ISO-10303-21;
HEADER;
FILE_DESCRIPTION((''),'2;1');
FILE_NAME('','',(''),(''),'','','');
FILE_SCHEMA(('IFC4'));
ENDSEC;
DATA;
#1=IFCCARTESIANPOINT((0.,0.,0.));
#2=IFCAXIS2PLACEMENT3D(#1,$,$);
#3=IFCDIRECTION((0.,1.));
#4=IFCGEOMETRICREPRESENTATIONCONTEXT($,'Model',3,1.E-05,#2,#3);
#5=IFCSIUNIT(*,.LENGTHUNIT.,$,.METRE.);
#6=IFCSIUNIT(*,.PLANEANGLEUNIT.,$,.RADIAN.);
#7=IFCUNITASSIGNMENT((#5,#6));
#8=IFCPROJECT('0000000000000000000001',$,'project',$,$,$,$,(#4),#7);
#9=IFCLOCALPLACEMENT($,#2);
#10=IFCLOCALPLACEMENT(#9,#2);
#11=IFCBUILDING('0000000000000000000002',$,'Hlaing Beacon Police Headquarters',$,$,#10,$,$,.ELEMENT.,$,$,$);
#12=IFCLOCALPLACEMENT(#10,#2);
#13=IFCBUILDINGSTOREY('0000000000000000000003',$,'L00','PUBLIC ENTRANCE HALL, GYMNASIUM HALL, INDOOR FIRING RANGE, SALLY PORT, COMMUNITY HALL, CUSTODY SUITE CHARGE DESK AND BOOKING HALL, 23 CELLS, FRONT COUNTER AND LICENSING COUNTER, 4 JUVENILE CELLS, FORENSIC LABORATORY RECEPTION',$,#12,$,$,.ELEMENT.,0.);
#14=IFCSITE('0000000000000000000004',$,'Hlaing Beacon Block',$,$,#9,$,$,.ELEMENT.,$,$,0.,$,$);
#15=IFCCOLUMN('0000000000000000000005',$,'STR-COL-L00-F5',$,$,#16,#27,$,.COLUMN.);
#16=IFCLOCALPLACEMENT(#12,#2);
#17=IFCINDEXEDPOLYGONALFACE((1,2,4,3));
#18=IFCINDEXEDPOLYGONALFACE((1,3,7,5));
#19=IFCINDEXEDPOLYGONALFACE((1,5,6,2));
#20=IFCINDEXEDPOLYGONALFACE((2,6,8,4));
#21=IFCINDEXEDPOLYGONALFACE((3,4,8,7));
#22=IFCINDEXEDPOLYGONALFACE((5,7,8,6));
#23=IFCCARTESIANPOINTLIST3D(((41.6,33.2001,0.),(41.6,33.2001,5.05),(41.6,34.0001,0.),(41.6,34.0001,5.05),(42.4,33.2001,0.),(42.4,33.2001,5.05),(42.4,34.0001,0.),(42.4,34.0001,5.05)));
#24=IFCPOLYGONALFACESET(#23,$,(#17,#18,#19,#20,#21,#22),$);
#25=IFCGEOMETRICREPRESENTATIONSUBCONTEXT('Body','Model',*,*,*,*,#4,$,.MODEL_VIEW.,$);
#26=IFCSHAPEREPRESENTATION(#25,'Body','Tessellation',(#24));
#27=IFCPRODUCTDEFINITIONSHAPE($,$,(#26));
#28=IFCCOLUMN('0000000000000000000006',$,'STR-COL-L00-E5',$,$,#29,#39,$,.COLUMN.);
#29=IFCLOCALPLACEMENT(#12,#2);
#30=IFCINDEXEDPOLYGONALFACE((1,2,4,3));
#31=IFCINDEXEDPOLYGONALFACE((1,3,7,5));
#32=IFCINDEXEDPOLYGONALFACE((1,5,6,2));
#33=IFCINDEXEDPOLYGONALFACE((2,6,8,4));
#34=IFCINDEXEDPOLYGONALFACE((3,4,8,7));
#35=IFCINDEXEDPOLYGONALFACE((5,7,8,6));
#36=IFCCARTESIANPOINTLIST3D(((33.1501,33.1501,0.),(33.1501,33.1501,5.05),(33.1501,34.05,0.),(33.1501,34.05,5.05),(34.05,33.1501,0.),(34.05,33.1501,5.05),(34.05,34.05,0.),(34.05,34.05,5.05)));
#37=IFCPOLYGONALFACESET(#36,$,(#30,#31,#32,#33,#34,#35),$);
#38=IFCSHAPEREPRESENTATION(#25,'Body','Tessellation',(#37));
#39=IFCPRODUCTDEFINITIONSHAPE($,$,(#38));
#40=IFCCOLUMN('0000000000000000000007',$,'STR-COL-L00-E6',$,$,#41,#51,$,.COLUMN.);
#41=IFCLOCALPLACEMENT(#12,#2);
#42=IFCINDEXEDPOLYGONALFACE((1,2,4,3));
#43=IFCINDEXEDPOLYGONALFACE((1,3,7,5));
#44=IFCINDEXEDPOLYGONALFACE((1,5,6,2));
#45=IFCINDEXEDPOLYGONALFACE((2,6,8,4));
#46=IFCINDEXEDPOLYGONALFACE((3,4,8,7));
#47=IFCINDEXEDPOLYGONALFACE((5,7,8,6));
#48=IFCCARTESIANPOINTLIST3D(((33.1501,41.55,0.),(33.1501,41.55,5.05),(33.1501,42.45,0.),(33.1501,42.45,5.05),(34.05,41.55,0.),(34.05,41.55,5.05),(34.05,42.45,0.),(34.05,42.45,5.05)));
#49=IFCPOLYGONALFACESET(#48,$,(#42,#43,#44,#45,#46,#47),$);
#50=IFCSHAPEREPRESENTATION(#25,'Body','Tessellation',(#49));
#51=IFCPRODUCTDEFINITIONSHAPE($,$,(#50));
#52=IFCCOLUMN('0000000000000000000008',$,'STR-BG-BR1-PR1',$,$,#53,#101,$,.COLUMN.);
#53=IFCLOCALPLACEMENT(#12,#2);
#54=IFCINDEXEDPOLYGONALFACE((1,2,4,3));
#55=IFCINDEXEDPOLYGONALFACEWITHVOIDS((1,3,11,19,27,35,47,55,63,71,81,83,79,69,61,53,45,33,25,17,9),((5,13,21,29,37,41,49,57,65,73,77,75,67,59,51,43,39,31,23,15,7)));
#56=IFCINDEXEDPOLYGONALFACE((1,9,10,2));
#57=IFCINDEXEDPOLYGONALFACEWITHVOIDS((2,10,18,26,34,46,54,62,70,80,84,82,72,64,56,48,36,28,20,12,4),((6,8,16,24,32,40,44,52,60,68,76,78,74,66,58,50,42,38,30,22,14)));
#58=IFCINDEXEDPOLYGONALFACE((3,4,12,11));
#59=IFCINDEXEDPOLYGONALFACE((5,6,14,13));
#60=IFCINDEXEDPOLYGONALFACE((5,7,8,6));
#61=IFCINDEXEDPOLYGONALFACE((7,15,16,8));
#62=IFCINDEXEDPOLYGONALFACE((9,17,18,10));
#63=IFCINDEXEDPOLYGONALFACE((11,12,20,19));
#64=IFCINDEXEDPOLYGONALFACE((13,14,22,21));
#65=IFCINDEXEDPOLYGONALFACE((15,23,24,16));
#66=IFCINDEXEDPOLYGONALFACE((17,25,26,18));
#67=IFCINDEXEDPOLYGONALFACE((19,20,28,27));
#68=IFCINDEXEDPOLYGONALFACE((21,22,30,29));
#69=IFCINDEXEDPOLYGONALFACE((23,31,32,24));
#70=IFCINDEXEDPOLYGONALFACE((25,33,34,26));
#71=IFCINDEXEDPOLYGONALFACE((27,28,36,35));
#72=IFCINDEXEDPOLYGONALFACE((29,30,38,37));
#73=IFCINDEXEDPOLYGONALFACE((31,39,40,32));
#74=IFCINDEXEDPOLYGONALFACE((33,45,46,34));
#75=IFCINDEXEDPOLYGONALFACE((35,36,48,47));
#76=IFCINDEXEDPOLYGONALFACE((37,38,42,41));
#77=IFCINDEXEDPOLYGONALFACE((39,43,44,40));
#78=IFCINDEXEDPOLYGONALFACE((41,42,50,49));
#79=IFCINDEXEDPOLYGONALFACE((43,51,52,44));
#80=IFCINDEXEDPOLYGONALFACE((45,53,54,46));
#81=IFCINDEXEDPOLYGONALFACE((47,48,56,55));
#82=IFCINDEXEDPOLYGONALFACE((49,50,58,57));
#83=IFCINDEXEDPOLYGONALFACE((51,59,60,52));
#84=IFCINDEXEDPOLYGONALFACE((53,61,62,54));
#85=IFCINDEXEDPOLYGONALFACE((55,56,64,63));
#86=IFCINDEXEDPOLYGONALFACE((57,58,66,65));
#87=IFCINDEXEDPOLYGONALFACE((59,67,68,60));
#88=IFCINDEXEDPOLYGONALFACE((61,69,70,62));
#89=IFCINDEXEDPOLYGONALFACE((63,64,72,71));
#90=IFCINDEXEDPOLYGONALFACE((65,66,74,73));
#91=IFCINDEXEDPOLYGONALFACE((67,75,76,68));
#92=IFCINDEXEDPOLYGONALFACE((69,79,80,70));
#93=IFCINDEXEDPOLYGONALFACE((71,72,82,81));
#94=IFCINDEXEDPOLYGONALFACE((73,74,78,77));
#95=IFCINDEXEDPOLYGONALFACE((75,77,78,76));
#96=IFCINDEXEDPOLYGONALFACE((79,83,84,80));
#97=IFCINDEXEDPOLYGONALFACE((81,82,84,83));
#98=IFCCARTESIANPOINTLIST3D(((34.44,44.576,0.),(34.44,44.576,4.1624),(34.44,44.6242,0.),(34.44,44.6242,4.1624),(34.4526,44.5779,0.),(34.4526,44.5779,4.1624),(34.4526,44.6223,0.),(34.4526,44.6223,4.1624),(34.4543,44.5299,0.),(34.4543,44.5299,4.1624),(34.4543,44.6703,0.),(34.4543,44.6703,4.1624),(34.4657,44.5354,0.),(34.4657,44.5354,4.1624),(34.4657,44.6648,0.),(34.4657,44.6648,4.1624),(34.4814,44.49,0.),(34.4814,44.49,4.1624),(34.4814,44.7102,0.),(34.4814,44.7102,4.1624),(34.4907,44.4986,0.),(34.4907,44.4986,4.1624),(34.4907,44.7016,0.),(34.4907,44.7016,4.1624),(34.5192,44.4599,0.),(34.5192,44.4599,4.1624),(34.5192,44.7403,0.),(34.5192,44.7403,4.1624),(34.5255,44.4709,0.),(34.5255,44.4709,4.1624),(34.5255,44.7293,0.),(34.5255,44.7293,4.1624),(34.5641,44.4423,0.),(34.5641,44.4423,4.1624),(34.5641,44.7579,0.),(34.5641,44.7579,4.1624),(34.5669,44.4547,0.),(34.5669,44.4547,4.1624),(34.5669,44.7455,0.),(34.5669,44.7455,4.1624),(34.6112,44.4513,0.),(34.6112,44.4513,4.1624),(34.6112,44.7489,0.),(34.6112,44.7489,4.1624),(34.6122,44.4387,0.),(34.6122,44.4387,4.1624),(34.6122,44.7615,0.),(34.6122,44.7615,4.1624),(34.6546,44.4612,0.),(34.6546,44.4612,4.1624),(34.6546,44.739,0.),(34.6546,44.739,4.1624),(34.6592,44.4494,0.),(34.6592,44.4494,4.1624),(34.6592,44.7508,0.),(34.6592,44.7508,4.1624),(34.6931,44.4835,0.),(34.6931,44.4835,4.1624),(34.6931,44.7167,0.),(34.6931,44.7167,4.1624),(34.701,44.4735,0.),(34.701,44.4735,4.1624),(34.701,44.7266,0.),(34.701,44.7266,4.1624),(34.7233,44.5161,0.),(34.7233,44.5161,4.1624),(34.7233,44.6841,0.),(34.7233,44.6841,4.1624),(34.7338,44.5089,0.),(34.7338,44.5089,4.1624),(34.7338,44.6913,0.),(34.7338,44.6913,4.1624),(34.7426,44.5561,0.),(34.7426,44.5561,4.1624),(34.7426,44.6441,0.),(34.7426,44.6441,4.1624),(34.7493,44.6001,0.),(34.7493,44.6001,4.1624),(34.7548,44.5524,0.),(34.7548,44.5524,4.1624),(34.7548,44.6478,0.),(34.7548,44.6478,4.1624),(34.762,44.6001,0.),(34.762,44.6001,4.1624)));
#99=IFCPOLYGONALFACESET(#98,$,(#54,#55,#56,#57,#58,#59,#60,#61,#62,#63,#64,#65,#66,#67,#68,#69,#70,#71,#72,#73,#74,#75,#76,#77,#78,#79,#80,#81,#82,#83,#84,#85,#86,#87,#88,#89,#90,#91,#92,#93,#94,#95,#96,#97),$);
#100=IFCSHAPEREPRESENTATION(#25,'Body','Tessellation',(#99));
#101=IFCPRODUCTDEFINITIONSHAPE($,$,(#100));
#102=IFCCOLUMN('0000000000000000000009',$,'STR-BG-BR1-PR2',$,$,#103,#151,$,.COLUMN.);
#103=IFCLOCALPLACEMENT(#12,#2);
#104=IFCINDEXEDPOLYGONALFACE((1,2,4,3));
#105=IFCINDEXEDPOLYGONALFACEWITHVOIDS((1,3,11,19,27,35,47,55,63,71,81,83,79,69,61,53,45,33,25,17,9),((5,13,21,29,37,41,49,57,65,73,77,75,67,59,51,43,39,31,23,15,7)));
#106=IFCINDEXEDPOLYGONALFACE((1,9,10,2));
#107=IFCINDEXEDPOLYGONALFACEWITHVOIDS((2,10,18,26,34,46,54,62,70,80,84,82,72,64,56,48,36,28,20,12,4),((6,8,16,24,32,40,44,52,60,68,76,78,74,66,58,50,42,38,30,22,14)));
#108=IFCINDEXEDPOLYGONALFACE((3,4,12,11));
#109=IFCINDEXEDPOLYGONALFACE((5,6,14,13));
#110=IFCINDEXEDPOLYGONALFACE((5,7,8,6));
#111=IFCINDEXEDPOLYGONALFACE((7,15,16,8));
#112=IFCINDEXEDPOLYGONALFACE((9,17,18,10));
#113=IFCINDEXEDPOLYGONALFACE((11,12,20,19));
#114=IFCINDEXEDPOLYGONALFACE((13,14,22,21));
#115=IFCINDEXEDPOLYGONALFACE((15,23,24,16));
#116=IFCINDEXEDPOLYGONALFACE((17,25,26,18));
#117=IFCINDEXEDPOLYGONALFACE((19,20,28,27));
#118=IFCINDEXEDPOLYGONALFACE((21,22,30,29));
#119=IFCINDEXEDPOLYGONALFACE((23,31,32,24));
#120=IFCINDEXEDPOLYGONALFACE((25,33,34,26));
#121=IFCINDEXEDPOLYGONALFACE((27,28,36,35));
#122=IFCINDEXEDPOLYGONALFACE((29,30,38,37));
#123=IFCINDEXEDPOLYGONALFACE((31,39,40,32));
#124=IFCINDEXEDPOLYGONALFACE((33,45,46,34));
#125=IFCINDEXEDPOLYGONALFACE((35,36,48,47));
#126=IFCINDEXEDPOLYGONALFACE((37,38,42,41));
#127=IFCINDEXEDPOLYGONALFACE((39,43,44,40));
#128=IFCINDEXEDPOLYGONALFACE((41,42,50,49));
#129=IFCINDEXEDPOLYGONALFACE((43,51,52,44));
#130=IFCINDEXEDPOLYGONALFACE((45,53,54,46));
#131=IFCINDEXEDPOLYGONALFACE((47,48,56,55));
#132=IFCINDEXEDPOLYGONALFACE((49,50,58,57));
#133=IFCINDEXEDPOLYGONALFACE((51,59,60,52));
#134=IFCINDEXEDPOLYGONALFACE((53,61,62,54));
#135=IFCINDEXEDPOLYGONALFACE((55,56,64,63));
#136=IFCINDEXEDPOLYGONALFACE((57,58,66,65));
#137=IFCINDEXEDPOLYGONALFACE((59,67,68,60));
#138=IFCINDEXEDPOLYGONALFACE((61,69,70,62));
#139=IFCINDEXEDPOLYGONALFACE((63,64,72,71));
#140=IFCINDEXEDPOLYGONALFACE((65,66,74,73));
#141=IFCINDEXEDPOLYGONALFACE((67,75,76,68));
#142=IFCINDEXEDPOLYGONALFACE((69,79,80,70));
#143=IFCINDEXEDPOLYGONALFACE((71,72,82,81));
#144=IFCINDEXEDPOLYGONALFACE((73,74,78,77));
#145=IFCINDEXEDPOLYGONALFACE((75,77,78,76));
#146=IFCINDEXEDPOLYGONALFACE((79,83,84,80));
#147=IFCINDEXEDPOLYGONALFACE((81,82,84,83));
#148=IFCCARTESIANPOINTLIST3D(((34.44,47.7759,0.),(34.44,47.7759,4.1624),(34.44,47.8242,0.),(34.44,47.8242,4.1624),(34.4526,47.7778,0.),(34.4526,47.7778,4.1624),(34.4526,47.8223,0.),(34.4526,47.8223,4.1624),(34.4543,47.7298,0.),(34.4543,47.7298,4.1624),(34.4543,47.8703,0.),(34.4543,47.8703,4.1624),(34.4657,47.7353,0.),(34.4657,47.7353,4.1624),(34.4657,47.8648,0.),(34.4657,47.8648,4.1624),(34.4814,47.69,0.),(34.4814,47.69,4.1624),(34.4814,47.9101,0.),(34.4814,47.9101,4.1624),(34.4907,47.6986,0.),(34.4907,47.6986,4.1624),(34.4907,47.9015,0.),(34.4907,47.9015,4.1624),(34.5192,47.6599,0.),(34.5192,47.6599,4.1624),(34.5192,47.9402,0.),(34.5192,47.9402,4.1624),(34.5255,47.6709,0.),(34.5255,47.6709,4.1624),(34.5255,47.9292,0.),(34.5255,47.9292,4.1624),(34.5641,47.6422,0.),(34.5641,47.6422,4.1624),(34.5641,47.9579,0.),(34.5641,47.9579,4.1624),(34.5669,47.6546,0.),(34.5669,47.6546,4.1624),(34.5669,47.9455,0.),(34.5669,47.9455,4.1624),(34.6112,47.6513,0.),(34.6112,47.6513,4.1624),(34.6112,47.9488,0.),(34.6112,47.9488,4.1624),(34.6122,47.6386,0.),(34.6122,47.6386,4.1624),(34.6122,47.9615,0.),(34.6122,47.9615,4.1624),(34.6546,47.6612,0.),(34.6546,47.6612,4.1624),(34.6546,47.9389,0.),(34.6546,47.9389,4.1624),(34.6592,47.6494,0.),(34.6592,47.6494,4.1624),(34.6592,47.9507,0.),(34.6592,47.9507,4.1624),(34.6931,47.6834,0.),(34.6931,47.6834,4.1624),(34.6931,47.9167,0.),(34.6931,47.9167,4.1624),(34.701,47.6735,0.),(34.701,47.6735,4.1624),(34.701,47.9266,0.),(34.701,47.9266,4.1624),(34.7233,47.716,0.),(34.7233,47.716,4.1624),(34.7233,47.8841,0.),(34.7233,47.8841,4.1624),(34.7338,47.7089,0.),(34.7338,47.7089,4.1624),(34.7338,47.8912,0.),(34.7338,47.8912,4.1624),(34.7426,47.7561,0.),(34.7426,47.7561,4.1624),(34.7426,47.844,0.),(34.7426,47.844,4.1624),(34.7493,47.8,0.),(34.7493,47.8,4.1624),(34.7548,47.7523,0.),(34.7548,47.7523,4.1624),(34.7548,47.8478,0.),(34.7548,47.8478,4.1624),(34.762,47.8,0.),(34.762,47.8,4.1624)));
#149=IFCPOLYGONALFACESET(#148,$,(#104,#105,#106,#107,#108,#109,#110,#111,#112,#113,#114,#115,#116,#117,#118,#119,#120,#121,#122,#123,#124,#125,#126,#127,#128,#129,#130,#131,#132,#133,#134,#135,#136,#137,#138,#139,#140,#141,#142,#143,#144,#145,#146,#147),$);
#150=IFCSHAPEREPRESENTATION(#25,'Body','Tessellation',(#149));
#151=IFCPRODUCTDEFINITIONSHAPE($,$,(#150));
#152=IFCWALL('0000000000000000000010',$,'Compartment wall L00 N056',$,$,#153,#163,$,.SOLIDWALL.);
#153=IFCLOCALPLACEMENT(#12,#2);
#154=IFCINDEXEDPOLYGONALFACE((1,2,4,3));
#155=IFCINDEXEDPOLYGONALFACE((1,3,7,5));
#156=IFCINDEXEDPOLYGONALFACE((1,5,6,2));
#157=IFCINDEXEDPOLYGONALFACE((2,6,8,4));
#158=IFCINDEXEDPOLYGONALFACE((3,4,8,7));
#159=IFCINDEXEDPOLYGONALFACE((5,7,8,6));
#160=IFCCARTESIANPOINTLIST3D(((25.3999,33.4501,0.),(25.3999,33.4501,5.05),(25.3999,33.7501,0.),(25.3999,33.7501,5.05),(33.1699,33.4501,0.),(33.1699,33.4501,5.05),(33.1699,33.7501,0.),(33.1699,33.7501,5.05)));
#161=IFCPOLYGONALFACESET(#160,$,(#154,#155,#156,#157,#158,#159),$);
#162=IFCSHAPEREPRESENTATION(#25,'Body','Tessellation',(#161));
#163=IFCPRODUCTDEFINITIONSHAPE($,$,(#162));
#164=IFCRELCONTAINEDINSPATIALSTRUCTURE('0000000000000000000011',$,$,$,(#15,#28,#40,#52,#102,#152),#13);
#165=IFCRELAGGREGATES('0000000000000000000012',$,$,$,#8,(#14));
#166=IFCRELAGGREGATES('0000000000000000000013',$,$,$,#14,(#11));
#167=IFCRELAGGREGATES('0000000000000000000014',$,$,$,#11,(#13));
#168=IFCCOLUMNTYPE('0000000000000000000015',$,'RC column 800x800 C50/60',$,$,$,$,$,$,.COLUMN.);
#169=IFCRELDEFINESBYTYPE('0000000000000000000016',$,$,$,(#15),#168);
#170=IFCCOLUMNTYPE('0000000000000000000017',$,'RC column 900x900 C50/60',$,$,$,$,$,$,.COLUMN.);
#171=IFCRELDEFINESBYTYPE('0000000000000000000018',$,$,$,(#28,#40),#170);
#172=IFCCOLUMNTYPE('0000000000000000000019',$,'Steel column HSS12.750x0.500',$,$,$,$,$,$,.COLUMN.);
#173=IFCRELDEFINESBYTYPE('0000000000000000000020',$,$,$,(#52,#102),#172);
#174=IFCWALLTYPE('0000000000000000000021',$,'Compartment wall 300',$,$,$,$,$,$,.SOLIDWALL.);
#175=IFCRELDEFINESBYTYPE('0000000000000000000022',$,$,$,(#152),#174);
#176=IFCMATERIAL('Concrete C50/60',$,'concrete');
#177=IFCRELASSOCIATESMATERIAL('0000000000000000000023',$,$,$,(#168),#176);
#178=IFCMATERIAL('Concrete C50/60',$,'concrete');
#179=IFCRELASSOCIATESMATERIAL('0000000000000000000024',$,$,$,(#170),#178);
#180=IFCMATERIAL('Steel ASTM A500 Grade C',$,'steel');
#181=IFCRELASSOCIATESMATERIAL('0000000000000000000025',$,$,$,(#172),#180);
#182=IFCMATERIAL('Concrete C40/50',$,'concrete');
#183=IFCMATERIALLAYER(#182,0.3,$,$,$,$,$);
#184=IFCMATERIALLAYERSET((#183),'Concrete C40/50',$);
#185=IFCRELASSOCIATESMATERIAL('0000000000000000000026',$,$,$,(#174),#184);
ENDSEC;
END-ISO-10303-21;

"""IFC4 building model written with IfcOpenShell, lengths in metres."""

from ifc_helpers import new_model, si_unit, direction, frame, frame_2d, origin, origin_2d, place, context, subcontext, project, spatial, rectangle, hollow_circle, extrude, material, layer, layer_set, material_profile, profile_set, type_object, element, save


model = new_model("IFC4")

# Units and contexts
model_context = context("Model", 3, precision=1e-05, world=origin(), true_north=direction((0.0, 1.0)))
body_context = subcontext(model_context, "Body", "Model", "MODEL_VIEW")
ifc_project = project(units=[si_unit("LENGTHUNIT", "METRE"), si_unit("PLANEANGLEUNIT", "RADIAN")], contexts=[model_context])

# Site, building, storey
site_placement = place(None, origin())
site = spatial("IfcSite", under=ifc_project, at=site_placement, Name="Hlaing Beacon Block", CompositionType="ELEMENT", RefElevation=0.0)
building_placement = place(site_placement, origin())
building = spatial("IfcBuilding", under=site, at=building_placement, Name="Hlaing Beacon Police Headquarters", CompositionType="ELEMENT")
storey_placement = place(building_placement, origin())
storey = spatial("IfcBuildingStorey", under=building, at=storey_placement, Name="L00", Description="PUBLIC ENTRANCE HALL, GYMNASIUM HALL, INDOOR FIRING RANGE, SALLY PORT, COMMUNITY HALL, CUSTODY SUITE CHARGE DESK AND BOOKING HALL, 23 CELLS, FRONT COUNTER AND LICENSING COUNTER, 4 JUVENILE CELLS, FORENSIC LABORATORY RECEPTION", CompositionType="ELEMENT", Elevation=0.0)

# Columns
ifc_material_1 = material(Name="Concrete C50/60", Category="concrete")
ifc_material_profile_1 = material_profile(ifc_material_1, rectangle(XDim=0.8, YDim=0.8, at=origin_2d()), Name="800x800")
ifc_profile_set_1 = profile_set([ifc_material_profile_1], Name="Concrete C50/60")
column_type_1 = type_object("IfcColumnType", Name="RC column 800x800 C50/60", PredefinedType="COLUMN", material=ifc_profile_set_1)
column_placement = place(storey_placement, frame((42.0, 33.6001, 0.0), z_axis=(0.0, 0.0, 1.0), x_axis=(1.0, 0.0, 0.0)))
element("IfcColumn", 1, at=column_placement, inside=storey, type_object=column_type_1, Name="STR-COL-L00-F5", PredefinedType="COLUMN", context=body_context, shape_type="SweptSolid", body=[
    extrude(rectangle(XDim=0.8, YDim=0.8, at=origin_2d()), origin(), (0.0, 0.0, 1.0), 5.05),
])
ifc_material_2 = material(Name="Concrete C50/60", Category="concrete")
ifc_material_profile_2 = material_profile(ifc_material_2, rectangle(XDim=0.8999, YDim=0.8999, at=origin_2d()), Name="900x900")
ifc_profile_set_2 = profile_set([ifc_material_profile_2], Name="Concrete C50/60")
column_type_2 = type_object("IfcColumnType", Name="RC column 900x900 C50/60", PredefinedType="COLUMN", material=ifc_profile_set_2)
for number, where, z_axis, x_axis, name in (
    (2, (33.6001, 33.6001, 0.0), (0.0, 0.0, 1.0), (1.0, 0.0, 0.0), "STR-COL-L00-E5"),
    (3, (33.6001, 42.0, 0.0), (0.0, 0.0, 1.0), (1.0, 0.0, 0.0), "STR-COL-L00-E6"),
):
    element("IfcColumn", number, at=place(storey_placement, frame(where, z_axis=z_axis, x_axis=x_axis)), inside=storey, type_object=column_type_2, Name=name, PredefinedType="COLUMN", context=body_context, shape_type="SweptSolid", body=[
        extrude(rectangle(XDim=0.8999, YDim=0.8999, at=origin_2d()), origin(), (0.0, 0.0, 1.0), 5.05),
    ])
ifc_material_3 = material(Name="Steel ASTM A500 Grade C", Category="steel")
ifc_material_profile_3 = material_profile(ifc_material_3, hollow_circle(Radius=0.1619, WallThickness=0.0127, at=origin_2d()), Name="HSS12.750x0.500")
ifc_profile_set_3 = profile_set([ifc_material_profile_3], Name="Steel ASTM A500 Grade C")
column_type_3 = type_object("IfcColumnType", Name="Steel column HSS12.750x0.500", PredefinedType="COLUMN", material=ifc_profile_set_3)
for number, where, z_axis, x_axis, name in (
    (4, (34.6001, 44.6001, 0.0), (0.0, 0.0, 1.0), (1.0, 0.0, 0.0), "STR-BG-BR1-PR1"),
    (5, (34.6001, 47.8, 0.0), (0.0, 0.0, 1.0), (1.0, 0.0, 0.0), "STR-BG-BR1-PR2"),
):
    element("IfcColumn", number, at=place(storey_placement, frame(where, z_axis=z_axis, x_axis=x_axis)), inside=storey, type_object=column_type_3, Name=name, PredefinedType="COLUMN", context=body_context, shape_type="SweptSolid", body=[
        extrude(hollow_circle(Radius=0.1619, WallThickness=0.0127, at=origin_2d()), origin(), (0.0, 0.0, 1.0), 4.1624),
    ])

# Wall
ifc_material_4 = material(Name="Concrete C40/50", Category="concrete")
ifc_layer_1 = layer(ifc_material_4, 0.3)
ifc_layer_set_1 = layer_set([ifc_layer_1], Name="Concrete C40/50")
wall_type_1 = type_object("IfcWallType", Name="Compartment wall 300", PredefinedType="SOLIDWALL", material=ifc_layer_set_1)
wall_1_placement = place(storey_placement, frame((33.1699, 33.6001, 0.0), z_axis=(0.0, 0.0, 1.0), x_axis=(-1.0, 0.0, 0.0)))
element("IfcWall", 6, at=wall_1_placement, inside=storey, type_object=wall_type_1, Name="Compartment wall L00 N056", PredefinedType="SOLIDWALL", context=body_context, shape_type="SweptSolid", body=[
    extrude(rectangle(XDim=7.77, YDim=0.3, at=frame_2d((3.885, 0.0))), origin(), (0.0, 0.0, 1.0), 5.05),
])

save(model, "model.ifc")
